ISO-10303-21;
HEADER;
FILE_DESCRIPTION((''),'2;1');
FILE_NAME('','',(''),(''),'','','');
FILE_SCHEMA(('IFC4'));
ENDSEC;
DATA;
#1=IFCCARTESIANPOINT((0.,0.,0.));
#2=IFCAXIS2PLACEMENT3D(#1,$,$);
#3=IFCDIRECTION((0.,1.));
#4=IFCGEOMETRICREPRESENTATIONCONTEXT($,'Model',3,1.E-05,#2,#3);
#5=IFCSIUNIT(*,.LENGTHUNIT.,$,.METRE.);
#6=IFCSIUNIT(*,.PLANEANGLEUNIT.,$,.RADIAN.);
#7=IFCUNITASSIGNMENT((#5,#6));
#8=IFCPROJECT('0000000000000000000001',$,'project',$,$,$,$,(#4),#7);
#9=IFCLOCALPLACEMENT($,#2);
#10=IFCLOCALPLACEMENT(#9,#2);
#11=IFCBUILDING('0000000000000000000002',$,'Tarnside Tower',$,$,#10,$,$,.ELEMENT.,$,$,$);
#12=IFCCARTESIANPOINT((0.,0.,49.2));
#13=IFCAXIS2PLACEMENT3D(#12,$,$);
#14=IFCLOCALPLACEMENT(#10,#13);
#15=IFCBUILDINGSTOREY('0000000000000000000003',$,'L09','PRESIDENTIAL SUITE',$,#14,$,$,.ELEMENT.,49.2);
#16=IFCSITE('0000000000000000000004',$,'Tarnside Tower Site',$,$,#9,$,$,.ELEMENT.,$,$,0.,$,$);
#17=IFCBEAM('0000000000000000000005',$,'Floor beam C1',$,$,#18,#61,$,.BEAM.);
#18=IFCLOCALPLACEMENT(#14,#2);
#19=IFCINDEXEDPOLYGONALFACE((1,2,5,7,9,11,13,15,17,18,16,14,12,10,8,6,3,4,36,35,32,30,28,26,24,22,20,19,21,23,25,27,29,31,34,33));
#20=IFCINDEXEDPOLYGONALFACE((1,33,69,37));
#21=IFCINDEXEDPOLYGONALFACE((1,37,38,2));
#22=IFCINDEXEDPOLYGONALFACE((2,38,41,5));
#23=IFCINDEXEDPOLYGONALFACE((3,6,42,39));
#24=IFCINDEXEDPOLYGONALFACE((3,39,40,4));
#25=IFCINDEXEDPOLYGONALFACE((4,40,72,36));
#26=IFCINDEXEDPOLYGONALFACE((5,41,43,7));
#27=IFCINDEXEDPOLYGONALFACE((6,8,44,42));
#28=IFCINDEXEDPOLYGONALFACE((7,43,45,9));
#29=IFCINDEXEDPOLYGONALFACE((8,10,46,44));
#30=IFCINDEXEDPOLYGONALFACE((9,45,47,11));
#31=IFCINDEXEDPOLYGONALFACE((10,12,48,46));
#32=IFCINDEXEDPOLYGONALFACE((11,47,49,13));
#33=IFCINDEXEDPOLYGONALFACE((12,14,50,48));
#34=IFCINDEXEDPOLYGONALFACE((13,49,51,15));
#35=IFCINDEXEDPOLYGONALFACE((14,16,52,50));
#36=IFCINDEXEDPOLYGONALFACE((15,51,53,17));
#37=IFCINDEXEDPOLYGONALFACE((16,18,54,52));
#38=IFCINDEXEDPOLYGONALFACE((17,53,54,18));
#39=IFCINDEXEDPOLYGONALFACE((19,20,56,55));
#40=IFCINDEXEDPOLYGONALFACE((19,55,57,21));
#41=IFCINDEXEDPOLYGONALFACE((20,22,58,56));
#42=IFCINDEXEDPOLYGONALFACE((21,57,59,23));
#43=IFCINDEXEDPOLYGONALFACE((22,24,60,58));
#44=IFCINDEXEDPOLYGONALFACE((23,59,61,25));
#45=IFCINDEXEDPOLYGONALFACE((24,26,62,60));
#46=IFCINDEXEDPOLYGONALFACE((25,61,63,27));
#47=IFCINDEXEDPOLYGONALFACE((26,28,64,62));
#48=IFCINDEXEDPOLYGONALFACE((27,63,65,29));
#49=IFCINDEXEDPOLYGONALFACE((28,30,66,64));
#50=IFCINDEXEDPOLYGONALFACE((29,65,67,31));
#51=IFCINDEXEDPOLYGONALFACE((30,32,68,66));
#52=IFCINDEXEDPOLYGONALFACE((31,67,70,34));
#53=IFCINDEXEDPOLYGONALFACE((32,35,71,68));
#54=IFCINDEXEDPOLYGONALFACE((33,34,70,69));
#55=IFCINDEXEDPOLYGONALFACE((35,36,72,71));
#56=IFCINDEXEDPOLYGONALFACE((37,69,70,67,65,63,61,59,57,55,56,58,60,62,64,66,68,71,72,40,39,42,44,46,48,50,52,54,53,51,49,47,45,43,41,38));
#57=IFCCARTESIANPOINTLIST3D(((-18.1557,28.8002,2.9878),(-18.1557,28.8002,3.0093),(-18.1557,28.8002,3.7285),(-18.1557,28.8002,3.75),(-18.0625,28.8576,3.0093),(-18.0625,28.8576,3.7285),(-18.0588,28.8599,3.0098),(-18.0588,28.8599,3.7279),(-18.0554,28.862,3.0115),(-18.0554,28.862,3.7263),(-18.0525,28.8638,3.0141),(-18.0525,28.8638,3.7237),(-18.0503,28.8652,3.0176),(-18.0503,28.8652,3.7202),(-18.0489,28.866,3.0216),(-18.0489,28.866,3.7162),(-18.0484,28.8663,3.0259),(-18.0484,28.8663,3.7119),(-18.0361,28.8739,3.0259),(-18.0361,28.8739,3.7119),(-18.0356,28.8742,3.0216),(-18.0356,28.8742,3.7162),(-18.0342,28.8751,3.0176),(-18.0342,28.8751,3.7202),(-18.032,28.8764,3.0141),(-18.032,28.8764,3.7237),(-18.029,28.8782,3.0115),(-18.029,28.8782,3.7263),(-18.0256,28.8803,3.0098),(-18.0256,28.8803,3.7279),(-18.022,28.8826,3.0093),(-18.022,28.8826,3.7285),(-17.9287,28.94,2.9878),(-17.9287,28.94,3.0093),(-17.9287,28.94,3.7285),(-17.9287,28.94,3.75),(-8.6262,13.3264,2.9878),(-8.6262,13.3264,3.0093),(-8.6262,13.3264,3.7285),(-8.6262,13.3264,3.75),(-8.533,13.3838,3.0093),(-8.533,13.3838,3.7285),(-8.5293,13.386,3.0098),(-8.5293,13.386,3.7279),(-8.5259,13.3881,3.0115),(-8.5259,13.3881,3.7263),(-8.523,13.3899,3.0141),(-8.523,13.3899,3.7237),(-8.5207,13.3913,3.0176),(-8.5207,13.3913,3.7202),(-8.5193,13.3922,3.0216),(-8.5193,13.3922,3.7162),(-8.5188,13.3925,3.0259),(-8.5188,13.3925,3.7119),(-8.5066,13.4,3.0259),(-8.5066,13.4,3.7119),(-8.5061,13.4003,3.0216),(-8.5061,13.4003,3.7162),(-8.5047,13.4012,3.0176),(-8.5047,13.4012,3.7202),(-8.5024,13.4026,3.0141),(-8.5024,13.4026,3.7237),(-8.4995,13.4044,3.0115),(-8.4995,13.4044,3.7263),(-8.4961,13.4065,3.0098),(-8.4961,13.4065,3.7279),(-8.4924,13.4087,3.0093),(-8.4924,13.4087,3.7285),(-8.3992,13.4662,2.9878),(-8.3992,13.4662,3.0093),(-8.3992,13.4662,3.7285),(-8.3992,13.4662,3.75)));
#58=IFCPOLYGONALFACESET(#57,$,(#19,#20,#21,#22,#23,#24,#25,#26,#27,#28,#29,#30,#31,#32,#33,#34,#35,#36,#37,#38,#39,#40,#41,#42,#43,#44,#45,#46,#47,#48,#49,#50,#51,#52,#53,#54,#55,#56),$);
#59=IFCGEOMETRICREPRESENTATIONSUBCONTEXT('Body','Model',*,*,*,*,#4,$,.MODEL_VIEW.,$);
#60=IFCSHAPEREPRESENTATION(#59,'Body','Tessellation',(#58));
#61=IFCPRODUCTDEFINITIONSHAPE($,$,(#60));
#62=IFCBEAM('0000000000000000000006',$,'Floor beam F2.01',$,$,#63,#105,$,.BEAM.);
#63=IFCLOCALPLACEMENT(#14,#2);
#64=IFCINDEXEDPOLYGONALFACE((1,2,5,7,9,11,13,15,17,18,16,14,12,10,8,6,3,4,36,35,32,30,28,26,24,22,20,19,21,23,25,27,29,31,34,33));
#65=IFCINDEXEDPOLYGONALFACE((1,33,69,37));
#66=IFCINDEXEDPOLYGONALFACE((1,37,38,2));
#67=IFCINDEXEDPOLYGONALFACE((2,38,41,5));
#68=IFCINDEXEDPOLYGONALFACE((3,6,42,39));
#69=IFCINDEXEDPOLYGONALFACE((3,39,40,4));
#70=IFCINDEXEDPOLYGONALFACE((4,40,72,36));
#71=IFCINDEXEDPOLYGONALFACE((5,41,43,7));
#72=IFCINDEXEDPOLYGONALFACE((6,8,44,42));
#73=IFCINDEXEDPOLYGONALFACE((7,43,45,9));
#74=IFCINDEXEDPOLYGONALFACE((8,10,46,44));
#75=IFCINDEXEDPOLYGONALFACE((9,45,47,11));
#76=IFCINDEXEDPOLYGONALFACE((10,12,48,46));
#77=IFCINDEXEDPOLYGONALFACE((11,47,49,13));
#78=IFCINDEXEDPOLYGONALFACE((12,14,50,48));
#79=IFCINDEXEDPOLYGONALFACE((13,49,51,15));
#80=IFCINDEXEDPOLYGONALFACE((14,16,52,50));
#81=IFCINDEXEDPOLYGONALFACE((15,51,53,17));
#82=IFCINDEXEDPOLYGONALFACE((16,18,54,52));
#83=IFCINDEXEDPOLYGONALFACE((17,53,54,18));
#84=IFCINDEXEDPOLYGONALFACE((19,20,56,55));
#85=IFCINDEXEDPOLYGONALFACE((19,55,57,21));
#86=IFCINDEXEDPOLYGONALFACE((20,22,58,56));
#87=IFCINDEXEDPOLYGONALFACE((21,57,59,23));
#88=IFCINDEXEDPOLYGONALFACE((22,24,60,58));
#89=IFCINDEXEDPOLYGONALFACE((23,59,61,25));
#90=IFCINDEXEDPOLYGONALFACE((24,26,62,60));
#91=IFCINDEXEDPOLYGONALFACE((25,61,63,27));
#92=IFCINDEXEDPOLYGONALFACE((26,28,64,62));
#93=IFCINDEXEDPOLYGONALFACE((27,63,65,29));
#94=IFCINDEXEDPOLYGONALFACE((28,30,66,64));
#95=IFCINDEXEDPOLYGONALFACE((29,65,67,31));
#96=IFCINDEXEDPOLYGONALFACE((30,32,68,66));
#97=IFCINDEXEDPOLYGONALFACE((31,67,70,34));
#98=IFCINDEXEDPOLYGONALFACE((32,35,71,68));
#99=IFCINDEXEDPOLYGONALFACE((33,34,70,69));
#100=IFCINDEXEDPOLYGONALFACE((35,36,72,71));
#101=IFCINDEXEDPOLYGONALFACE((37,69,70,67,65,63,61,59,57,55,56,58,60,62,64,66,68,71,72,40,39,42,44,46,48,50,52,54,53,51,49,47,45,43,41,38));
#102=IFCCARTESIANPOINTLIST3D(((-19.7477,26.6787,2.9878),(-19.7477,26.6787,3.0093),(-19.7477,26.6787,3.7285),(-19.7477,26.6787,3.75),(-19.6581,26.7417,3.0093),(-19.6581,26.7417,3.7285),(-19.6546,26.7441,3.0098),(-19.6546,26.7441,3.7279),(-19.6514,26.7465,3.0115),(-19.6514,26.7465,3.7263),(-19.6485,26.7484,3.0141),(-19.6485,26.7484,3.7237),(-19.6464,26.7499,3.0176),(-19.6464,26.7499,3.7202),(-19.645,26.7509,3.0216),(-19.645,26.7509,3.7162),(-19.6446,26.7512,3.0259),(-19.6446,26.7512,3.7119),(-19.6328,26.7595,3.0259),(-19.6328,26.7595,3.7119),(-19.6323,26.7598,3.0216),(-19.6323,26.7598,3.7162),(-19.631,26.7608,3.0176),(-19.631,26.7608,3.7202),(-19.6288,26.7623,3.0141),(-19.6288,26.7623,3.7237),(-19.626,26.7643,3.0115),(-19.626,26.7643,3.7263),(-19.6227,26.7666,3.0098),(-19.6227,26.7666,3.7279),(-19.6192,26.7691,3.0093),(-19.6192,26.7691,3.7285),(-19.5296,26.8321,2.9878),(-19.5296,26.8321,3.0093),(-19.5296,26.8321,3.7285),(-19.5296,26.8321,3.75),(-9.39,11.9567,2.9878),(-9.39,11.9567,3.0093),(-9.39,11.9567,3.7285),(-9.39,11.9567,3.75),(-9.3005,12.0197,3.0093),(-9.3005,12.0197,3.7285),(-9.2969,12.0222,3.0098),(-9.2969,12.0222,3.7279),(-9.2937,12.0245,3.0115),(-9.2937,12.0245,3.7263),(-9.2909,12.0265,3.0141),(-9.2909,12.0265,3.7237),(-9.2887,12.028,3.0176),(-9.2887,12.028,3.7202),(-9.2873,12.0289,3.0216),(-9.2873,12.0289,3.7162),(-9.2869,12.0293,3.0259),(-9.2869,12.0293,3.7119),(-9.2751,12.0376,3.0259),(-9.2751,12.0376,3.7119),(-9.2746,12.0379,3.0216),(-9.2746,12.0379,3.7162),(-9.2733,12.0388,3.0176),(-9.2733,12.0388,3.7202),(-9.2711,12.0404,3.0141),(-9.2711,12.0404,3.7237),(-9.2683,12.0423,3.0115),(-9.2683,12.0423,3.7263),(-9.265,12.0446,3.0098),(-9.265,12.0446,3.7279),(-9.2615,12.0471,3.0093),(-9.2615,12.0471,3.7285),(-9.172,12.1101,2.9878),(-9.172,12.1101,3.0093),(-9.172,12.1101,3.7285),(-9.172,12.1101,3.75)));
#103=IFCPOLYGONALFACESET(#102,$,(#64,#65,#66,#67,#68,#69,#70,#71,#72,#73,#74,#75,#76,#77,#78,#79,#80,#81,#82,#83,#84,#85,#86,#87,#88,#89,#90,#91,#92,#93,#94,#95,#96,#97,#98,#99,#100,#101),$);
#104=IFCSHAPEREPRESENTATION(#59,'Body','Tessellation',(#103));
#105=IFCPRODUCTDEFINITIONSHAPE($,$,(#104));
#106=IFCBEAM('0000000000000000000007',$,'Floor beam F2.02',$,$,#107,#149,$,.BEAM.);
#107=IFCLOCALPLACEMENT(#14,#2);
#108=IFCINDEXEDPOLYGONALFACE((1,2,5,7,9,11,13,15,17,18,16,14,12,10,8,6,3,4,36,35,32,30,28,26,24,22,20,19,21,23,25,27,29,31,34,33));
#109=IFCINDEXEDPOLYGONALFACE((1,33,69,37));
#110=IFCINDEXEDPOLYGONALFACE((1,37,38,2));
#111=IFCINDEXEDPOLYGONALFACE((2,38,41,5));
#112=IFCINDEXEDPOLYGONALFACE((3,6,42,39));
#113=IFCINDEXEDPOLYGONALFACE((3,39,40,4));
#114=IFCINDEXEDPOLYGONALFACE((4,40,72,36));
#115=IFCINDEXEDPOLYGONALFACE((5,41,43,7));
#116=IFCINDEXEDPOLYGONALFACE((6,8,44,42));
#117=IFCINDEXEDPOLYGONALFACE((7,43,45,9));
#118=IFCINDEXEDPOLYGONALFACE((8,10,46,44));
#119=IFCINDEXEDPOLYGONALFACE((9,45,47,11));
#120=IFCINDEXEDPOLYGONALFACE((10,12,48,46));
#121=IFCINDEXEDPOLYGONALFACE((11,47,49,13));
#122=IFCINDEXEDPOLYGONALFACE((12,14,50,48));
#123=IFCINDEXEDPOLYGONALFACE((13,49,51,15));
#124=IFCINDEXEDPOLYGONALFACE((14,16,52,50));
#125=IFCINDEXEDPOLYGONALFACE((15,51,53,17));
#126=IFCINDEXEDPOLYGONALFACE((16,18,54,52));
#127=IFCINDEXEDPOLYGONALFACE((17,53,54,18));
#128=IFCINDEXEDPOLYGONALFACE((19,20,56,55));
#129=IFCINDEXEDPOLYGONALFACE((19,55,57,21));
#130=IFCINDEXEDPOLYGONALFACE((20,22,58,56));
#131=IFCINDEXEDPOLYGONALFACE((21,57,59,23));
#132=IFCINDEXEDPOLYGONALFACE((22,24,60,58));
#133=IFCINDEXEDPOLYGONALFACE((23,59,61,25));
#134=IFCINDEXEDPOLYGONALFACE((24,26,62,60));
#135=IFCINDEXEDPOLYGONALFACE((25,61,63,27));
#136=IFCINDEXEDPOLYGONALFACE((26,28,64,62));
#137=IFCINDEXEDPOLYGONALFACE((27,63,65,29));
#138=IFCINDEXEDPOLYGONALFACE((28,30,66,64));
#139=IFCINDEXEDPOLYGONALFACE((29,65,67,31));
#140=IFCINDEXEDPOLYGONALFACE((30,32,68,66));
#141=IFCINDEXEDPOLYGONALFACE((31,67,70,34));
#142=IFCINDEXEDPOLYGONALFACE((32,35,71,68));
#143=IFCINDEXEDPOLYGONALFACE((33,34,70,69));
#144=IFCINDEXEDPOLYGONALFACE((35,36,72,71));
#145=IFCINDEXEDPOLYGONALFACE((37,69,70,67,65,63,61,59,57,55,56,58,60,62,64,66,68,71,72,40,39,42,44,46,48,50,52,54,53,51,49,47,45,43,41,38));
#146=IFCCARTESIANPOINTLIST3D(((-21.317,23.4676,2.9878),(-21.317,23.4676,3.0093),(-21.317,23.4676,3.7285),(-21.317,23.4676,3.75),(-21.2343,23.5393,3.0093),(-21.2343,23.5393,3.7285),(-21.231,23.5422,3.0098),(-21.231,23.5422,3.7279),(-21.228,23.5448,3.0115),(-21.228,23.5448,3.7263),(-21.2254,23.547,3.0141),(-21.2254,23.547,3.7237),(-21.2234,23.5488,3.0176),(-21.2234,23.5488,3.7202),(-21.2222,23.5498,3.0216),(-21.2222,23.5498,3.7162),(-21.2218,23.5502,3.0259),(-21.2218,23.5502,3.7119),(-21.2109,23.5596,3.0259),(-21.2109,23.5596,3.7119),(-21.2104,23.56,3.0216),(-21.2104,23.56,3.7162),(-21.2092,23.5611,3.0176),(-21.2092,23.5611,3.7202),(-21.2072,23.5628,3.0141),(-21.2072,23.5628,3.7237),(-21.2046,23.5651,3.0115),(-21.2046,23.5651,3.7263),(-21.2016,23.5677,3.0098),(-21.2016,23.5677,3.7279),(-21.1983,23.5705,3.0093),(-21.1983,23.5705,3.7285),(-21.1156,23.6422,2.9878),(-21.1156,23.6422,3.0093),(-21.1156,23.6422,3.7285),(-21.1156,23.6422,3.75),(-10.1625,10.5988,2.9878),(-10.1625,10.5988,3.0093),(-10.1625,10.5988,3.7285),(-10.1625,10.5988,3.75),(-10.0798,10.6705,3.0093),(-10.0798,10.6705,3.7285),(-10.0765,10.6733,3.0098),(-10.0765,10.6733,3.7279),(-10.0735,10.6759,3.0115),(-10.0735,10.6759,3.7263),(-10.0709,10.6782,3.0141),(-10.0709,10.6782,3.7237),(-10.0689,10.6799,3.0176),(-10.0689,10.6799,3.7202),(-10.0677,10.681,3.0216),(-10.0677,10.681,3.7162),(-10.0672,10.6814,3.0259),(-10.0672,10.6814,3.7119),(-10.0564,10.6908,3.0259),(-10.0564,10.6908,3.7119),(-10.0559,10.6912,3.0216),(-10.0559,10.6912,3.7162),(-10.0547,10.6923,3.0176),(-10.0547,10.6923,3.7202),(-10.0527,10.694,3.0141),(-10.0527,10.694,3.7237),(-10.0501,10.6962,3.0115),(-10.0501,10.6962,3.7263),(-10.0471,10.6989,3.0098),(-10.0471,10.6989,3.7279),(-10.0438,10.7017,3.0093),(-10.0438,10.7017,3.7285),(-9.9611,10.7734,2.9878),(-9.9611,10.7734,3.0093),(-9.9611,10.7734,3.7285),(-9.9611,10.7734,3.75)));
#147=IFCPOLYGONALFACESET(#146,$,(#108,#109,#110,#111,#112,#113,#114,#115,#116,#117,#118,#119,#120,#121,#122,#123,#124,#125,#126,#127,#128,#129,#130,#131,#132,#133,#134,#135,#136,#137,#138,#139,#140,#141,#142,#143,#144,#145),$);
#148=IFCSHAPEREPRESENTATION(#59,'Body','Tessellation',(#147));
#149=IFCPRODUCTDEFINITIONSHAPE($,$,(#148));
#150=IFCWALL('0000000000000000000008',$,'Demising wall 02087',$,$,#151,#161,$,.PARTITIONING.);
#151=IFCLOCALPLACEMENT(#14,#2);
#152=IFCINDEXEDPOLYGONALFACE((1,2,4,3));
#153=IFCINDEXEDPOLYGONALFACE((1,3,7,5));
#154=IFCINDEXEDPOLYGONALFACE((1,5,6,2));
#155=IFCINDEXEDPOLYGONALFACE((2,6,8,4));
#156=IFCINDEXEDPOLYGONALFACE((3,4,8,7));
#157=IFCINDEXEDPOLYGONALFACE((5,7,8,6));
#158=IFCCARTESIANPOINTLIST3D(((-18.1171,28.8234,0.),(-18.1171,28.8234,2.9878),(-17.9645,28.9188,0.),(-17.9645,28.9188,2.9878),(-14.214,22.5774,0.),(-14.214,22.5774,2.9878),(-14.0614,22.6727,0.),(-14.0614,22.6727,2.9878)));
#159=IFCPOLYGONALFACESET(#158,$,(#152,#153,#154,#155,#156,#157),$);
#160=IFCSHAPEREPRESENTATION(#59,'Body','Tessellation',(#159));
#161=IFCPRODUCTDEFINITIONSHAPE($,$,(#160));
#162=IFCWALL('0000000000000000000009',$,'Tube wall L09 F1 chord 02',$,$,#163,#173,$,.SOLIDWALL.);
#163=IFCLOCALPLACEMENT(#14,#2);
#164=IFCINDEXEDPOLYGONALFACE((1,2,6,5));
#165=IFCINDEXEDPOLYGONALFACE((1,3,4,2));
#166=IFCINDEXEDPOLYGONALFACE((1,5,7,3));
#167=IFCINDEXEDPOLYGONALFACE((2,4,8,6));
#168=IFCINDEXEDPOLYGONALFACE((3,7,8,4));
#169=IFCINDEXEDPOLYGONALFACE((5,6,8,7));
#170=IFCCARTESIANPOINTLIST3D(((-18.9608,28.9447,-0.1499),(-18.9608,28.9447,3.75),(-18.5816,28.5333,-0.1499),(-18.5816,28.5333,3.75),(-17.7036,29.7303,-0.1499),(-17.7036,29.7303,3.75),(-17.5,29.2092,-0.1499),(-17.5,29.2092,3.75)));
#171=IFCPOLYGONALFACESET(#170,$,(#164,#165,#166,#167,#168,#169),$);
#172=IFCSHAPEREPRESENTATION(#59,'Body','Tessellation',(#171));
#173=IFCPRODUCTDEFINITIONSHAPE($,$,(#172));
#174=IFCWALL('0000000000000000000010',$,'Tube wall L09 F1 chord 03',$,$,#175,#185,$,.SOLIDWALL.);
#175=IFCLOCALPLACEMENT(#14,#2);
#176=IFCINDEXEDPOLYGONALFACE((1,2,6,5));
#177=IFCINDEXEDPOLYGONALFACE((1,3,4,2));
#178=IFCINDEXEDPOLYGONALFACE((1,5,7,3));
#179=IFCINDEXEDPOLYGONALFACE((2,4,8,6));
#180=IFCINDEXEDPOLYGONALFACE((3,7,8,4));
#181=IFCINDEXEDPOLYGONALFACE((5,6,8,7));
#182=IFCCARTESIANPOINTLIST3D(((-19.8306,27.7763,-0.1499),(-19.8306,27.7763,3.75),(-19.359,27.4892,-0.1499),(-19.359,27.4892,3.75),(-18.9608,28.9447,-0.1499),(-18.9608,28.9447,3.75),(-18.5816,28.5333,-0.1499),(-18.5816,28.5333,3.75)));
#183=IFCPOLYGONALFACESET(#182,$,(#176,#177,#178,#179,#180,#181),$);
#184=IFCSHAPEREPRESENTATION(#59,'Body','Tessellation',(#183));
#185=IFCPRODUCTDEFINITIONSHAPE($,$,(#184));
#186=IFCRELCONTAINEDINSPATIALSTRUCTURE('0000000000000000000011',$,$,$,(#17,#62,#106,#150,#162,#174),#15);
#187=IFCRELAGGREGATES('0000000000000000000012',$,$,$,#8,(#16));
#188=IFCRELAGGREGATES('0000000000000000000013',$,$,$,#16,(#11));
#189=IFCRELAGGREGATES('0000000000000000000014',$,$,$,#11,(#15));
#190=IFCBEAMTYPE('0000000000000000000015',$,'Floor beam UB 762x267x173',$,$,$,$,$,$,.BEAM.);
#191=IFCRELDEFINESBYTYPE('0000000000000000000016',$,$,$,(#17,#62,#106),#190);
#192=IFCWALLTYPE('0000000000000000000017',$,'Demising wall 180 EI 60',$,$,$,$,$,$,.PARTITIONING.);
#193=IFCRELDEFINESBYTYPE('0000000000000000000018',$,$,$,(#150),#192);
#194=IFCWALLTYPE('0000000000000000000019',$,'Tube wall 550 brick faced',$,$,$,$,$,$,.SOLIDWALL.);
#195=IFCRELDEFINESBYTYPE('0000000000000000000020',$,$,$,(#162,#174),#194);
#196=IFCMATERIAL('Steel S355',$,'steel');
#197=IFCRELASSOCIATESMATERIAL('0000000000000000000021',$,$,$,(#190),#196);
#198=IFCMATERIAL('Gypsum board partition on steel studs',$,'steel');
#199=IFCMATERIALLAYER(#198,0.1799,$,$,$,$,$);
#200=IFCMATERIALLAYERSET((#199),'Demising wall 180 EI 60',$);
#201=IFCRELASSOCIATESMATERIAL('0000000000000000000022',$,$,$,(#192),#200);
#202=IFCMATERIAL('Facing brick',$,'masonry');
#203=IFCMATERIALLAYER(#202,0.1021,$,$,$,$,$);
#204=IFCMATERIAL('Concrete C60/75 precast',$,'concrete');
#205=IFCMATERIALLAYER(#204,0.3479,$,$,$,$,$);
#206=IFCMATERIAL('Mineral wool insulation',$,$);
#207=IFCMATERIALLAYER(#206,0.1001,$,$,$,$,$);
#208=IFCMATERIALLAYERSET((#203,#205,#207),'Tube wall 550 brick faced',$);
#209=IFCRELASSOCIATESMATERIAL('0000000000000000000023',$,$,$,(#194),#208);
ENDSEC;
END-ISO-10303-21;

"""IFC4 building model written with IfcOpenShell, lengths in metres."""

from ifc_helpers import new_model, si_unit, direction, frame, frame_2d, origin, origin_2d, place, context, subcontext, project, spatial, polyline, rectangle, i_section, outline, extrude, material, layer, layer_set, material_profile, profile_set, type_object, element, save


model = new_model("IFC4")

# Units and contexts
model_context = context("Model", 3, precision=1e-05, world=origin(), true_north=direction((0.0, 1.0)))
body_context = subcontext(model_context, "Body", "Model", "MODEL_VIEW")
ifc_project = project(units=[si_unit("LENGTHUNIT", "METRE"), si_unit("PLANEANGLEUNIT", "RADIAN")], contexts=[model_context])

# Site, building, storey
site_placement = place(None, origin())
site = spatial("IfcSite", under=ifc_project, at=site_placement, Name="Tarnside Tower Site", CompositionType="ELEMENT", RefElevation=0.0)
building_placement = place(site_placement, origin())
building = spatial("IfcBuilding", under=site, at=building_placement, Name="Tarnside Tower", CompositionType="ELEMENT")
storey_placement = place(building_placement, frame((0.0, 0.0, 49.2)))
storey = spatial("IfcBuildingStorey", under=building, at=storey_placement, Name="L09", Description="PRESIDENTIAL SUITE", CompositionType="ELEMENT", Elevation=49.2)

# Beams
ifc_material_1 = material(Name="Steel S355", Category="steel")
ifc_material_profile = material_profile(ifc_material_1, i_section(OverallWidth=0.2666, OverallDepth=0.7622, WebThickness=0.0144, FlangeThickness=0.0215, FilletRadius=0.0166, at=origin_2d()), Name="UB 762x267x173")
ifc_profile_set = profile_set([ifc_material_profile], Name="Steel S355")
beam_type = type_object("IfcBeamType", Name="Floor beam UB 762x267x173", PredefinedType="BEAM", material=ifc_profile_set)
beam_1_placement = place(storey_placement, frame((-18.0422, 28.8701, 3.3689), z_axis=(0.524383, -0.851483, 0.0), x_axis=(0.851483, 0.524383, 0.0)))
element("IfcBeam", 1, at=beam_1_placement, inside=storey, type_object=beam_type, Name="Floor beam C1", PredefinedType="BEAM", context=body_context, shape_type="SweptSolid", body=[
    extrude(i_section(OverallWidth=0.2666, OverallDepth=0.7622, WebThickness=0.0144, FlangeThickness=0.0215, FilletRadius=0.0166, at=origin_2d()), origin(), (0.0, 0.0, 1.0), 18.1729),
])
beam_2_placement = place(storey_placement, frame((-19.6387, 26.7554, 3.3689), z_axis=(0.575411, -0.817864, 0.0), x_axis=(0.817864, 0.575411, 0.0)))
element("IfcBeam", 2, at=beam_2_placement, inside=storey, type_object=beam_type, Name="Floor beam F2.01", PredefinedType="BEAM", context=body_context, shape_type="SweptSolid", body=[
    extrude(i_section(OverallWidth=0.2666, OverallDepth=0.7622, WebThickness=0.0144, FlangeThickness=0.0215, FilletRadius=0.0166, at=origin_2d()), origin(), (0.0, 0.0, 1.0), 18.0005),
])
beam_3_placement = place(storey_placement, frame((-21.2163, 23.5549, 3.3689), z_axis=(0.654981, -0.755646, 0.0), x_axis=(0.755646, 0.654981, 0.0)))
element("IfcBeam", 3, at=beam_3_placement, inside=storey, type_object=beam_type, Name="Floor beam F2.02", PredefinedType="BEAM", context=body_context, shape_type="SweptSolid", body=[
    extrude(i_section(OverallWidth=0.2666, OverallDepth=0.7622, WebThickness=0.0144, FlangeThickness=0.0215, FilletRadius=0.0166, at=origin_2d()), origin(), (0.0, 0.0, 1.0), 17.0303),
])

# Walls
ifc_material_2 = material(Name="Gypsum board partition on steel studs", Category="steel")
ifc_layer_1 = layer(ifc_material_2, 0.1799)
ifc_layer_set_1 = layer_set([ifc_layer_1], Name="Demising wall 180 EI 60")
wall_type_1 = type_object("IfcWallType", Name="Demising wall 180 EI 60", PredefinedType="PARTITIONING", material=ifc_layer_set_1)
wall_1_placement = place(storey_placement, frame((-18.0408, 28.8711, 0.0), z_axis=(0.0, 0.0, 1.0), x_axis=(0.529927, -0.848043, 0.0)))
element("IfcWall", 4, at=wall_1_placement, inside=storey, type_object=wall_type_1, Name="Demising wall 02087", PredefinedType="PARTITIONING", context=body_context, shape_type="SweptSolid", body=[
    extrude(rectangle(XDim=7.3652, YDim=0.1799, at=frame_2d((3.6826, 0.0))), origin(), (0.0, 0.0, 1.0), 2.9878),
])
ifc_material_3 = material(Name="Facing brick", Category="masonry")
ifc_layer_2 = layer(ifc_material_3, 0.1021)
ifc_material_4 = material(Name="Concrete C60/75 precast", Category="concrete")
ifc_layer_3 = layer(ifc_material_4, 0.3479)
ifc_material_5 = material(Name="Mineral wool insulation")
ifc_layer_4 = layer(ifc_material_5, 0.1001)
ifc_layer_set_2 = layer_set([ifc_layer_2, ifc_layer_3, ifc_layer_4], Name="Tube wall 550 brick faced")
wall_type_2 = type_object("IfcWallType", Name="Tube wall 550 brick faced", PredefinedType="SOLIDWALL", material=ifc_layer_set_2)
wall_2_placement = place(storey_placement, frame((-17.6018, 29.4697, -0.1499), z_axis=(0.0, 0.0, 1.0), x_axis=(-0.848058, -0.529903, 0.0)))
element("IfcWall", 5, at=wall_2_placement, inside=storey, type_object=wall_type_2, Name="Tube wall L09 F1 chord 02", PredefinedType="SOLIDWALL", context=body_context, shape_type="SweptSolid", body=[
    extrude(outline(polyline([(-0.0518, -0.2749), (1.4307, -0.2749), (1.3271, 0.2749), (0.0518, 0.2749), (-0.0518, -0.2749)])), origin(), (0.0, 0.0, 1.0), 3.8999),
])
wall_3_placement = place(storey_placement, frame((-18.7712, 28.739, -0.1499), z_axis=(0.0, 0.0, 1.0), x_axis=(-0.597135, -0.802141, 0.0)))
element("IfcWall", 6, at=wall_3_placement, inside=storey, type_object=wall_type_2, Name="Tube wall L09 F1 chord 03", PredefinedType="SOLIDWALL", context=body_context, shape_type="SweptSolid", body=[
    extrude(outline(polyline([(-0.0518, -0.2749), (1.4048, -0.2749), (1.3535, 0.2749), (0.0518, 0.2749), (-0.0518, -0.2749)])), origin(), (0.0, 0.0, 1.0), 3.8999),
])

save(model, "model.ifc")
